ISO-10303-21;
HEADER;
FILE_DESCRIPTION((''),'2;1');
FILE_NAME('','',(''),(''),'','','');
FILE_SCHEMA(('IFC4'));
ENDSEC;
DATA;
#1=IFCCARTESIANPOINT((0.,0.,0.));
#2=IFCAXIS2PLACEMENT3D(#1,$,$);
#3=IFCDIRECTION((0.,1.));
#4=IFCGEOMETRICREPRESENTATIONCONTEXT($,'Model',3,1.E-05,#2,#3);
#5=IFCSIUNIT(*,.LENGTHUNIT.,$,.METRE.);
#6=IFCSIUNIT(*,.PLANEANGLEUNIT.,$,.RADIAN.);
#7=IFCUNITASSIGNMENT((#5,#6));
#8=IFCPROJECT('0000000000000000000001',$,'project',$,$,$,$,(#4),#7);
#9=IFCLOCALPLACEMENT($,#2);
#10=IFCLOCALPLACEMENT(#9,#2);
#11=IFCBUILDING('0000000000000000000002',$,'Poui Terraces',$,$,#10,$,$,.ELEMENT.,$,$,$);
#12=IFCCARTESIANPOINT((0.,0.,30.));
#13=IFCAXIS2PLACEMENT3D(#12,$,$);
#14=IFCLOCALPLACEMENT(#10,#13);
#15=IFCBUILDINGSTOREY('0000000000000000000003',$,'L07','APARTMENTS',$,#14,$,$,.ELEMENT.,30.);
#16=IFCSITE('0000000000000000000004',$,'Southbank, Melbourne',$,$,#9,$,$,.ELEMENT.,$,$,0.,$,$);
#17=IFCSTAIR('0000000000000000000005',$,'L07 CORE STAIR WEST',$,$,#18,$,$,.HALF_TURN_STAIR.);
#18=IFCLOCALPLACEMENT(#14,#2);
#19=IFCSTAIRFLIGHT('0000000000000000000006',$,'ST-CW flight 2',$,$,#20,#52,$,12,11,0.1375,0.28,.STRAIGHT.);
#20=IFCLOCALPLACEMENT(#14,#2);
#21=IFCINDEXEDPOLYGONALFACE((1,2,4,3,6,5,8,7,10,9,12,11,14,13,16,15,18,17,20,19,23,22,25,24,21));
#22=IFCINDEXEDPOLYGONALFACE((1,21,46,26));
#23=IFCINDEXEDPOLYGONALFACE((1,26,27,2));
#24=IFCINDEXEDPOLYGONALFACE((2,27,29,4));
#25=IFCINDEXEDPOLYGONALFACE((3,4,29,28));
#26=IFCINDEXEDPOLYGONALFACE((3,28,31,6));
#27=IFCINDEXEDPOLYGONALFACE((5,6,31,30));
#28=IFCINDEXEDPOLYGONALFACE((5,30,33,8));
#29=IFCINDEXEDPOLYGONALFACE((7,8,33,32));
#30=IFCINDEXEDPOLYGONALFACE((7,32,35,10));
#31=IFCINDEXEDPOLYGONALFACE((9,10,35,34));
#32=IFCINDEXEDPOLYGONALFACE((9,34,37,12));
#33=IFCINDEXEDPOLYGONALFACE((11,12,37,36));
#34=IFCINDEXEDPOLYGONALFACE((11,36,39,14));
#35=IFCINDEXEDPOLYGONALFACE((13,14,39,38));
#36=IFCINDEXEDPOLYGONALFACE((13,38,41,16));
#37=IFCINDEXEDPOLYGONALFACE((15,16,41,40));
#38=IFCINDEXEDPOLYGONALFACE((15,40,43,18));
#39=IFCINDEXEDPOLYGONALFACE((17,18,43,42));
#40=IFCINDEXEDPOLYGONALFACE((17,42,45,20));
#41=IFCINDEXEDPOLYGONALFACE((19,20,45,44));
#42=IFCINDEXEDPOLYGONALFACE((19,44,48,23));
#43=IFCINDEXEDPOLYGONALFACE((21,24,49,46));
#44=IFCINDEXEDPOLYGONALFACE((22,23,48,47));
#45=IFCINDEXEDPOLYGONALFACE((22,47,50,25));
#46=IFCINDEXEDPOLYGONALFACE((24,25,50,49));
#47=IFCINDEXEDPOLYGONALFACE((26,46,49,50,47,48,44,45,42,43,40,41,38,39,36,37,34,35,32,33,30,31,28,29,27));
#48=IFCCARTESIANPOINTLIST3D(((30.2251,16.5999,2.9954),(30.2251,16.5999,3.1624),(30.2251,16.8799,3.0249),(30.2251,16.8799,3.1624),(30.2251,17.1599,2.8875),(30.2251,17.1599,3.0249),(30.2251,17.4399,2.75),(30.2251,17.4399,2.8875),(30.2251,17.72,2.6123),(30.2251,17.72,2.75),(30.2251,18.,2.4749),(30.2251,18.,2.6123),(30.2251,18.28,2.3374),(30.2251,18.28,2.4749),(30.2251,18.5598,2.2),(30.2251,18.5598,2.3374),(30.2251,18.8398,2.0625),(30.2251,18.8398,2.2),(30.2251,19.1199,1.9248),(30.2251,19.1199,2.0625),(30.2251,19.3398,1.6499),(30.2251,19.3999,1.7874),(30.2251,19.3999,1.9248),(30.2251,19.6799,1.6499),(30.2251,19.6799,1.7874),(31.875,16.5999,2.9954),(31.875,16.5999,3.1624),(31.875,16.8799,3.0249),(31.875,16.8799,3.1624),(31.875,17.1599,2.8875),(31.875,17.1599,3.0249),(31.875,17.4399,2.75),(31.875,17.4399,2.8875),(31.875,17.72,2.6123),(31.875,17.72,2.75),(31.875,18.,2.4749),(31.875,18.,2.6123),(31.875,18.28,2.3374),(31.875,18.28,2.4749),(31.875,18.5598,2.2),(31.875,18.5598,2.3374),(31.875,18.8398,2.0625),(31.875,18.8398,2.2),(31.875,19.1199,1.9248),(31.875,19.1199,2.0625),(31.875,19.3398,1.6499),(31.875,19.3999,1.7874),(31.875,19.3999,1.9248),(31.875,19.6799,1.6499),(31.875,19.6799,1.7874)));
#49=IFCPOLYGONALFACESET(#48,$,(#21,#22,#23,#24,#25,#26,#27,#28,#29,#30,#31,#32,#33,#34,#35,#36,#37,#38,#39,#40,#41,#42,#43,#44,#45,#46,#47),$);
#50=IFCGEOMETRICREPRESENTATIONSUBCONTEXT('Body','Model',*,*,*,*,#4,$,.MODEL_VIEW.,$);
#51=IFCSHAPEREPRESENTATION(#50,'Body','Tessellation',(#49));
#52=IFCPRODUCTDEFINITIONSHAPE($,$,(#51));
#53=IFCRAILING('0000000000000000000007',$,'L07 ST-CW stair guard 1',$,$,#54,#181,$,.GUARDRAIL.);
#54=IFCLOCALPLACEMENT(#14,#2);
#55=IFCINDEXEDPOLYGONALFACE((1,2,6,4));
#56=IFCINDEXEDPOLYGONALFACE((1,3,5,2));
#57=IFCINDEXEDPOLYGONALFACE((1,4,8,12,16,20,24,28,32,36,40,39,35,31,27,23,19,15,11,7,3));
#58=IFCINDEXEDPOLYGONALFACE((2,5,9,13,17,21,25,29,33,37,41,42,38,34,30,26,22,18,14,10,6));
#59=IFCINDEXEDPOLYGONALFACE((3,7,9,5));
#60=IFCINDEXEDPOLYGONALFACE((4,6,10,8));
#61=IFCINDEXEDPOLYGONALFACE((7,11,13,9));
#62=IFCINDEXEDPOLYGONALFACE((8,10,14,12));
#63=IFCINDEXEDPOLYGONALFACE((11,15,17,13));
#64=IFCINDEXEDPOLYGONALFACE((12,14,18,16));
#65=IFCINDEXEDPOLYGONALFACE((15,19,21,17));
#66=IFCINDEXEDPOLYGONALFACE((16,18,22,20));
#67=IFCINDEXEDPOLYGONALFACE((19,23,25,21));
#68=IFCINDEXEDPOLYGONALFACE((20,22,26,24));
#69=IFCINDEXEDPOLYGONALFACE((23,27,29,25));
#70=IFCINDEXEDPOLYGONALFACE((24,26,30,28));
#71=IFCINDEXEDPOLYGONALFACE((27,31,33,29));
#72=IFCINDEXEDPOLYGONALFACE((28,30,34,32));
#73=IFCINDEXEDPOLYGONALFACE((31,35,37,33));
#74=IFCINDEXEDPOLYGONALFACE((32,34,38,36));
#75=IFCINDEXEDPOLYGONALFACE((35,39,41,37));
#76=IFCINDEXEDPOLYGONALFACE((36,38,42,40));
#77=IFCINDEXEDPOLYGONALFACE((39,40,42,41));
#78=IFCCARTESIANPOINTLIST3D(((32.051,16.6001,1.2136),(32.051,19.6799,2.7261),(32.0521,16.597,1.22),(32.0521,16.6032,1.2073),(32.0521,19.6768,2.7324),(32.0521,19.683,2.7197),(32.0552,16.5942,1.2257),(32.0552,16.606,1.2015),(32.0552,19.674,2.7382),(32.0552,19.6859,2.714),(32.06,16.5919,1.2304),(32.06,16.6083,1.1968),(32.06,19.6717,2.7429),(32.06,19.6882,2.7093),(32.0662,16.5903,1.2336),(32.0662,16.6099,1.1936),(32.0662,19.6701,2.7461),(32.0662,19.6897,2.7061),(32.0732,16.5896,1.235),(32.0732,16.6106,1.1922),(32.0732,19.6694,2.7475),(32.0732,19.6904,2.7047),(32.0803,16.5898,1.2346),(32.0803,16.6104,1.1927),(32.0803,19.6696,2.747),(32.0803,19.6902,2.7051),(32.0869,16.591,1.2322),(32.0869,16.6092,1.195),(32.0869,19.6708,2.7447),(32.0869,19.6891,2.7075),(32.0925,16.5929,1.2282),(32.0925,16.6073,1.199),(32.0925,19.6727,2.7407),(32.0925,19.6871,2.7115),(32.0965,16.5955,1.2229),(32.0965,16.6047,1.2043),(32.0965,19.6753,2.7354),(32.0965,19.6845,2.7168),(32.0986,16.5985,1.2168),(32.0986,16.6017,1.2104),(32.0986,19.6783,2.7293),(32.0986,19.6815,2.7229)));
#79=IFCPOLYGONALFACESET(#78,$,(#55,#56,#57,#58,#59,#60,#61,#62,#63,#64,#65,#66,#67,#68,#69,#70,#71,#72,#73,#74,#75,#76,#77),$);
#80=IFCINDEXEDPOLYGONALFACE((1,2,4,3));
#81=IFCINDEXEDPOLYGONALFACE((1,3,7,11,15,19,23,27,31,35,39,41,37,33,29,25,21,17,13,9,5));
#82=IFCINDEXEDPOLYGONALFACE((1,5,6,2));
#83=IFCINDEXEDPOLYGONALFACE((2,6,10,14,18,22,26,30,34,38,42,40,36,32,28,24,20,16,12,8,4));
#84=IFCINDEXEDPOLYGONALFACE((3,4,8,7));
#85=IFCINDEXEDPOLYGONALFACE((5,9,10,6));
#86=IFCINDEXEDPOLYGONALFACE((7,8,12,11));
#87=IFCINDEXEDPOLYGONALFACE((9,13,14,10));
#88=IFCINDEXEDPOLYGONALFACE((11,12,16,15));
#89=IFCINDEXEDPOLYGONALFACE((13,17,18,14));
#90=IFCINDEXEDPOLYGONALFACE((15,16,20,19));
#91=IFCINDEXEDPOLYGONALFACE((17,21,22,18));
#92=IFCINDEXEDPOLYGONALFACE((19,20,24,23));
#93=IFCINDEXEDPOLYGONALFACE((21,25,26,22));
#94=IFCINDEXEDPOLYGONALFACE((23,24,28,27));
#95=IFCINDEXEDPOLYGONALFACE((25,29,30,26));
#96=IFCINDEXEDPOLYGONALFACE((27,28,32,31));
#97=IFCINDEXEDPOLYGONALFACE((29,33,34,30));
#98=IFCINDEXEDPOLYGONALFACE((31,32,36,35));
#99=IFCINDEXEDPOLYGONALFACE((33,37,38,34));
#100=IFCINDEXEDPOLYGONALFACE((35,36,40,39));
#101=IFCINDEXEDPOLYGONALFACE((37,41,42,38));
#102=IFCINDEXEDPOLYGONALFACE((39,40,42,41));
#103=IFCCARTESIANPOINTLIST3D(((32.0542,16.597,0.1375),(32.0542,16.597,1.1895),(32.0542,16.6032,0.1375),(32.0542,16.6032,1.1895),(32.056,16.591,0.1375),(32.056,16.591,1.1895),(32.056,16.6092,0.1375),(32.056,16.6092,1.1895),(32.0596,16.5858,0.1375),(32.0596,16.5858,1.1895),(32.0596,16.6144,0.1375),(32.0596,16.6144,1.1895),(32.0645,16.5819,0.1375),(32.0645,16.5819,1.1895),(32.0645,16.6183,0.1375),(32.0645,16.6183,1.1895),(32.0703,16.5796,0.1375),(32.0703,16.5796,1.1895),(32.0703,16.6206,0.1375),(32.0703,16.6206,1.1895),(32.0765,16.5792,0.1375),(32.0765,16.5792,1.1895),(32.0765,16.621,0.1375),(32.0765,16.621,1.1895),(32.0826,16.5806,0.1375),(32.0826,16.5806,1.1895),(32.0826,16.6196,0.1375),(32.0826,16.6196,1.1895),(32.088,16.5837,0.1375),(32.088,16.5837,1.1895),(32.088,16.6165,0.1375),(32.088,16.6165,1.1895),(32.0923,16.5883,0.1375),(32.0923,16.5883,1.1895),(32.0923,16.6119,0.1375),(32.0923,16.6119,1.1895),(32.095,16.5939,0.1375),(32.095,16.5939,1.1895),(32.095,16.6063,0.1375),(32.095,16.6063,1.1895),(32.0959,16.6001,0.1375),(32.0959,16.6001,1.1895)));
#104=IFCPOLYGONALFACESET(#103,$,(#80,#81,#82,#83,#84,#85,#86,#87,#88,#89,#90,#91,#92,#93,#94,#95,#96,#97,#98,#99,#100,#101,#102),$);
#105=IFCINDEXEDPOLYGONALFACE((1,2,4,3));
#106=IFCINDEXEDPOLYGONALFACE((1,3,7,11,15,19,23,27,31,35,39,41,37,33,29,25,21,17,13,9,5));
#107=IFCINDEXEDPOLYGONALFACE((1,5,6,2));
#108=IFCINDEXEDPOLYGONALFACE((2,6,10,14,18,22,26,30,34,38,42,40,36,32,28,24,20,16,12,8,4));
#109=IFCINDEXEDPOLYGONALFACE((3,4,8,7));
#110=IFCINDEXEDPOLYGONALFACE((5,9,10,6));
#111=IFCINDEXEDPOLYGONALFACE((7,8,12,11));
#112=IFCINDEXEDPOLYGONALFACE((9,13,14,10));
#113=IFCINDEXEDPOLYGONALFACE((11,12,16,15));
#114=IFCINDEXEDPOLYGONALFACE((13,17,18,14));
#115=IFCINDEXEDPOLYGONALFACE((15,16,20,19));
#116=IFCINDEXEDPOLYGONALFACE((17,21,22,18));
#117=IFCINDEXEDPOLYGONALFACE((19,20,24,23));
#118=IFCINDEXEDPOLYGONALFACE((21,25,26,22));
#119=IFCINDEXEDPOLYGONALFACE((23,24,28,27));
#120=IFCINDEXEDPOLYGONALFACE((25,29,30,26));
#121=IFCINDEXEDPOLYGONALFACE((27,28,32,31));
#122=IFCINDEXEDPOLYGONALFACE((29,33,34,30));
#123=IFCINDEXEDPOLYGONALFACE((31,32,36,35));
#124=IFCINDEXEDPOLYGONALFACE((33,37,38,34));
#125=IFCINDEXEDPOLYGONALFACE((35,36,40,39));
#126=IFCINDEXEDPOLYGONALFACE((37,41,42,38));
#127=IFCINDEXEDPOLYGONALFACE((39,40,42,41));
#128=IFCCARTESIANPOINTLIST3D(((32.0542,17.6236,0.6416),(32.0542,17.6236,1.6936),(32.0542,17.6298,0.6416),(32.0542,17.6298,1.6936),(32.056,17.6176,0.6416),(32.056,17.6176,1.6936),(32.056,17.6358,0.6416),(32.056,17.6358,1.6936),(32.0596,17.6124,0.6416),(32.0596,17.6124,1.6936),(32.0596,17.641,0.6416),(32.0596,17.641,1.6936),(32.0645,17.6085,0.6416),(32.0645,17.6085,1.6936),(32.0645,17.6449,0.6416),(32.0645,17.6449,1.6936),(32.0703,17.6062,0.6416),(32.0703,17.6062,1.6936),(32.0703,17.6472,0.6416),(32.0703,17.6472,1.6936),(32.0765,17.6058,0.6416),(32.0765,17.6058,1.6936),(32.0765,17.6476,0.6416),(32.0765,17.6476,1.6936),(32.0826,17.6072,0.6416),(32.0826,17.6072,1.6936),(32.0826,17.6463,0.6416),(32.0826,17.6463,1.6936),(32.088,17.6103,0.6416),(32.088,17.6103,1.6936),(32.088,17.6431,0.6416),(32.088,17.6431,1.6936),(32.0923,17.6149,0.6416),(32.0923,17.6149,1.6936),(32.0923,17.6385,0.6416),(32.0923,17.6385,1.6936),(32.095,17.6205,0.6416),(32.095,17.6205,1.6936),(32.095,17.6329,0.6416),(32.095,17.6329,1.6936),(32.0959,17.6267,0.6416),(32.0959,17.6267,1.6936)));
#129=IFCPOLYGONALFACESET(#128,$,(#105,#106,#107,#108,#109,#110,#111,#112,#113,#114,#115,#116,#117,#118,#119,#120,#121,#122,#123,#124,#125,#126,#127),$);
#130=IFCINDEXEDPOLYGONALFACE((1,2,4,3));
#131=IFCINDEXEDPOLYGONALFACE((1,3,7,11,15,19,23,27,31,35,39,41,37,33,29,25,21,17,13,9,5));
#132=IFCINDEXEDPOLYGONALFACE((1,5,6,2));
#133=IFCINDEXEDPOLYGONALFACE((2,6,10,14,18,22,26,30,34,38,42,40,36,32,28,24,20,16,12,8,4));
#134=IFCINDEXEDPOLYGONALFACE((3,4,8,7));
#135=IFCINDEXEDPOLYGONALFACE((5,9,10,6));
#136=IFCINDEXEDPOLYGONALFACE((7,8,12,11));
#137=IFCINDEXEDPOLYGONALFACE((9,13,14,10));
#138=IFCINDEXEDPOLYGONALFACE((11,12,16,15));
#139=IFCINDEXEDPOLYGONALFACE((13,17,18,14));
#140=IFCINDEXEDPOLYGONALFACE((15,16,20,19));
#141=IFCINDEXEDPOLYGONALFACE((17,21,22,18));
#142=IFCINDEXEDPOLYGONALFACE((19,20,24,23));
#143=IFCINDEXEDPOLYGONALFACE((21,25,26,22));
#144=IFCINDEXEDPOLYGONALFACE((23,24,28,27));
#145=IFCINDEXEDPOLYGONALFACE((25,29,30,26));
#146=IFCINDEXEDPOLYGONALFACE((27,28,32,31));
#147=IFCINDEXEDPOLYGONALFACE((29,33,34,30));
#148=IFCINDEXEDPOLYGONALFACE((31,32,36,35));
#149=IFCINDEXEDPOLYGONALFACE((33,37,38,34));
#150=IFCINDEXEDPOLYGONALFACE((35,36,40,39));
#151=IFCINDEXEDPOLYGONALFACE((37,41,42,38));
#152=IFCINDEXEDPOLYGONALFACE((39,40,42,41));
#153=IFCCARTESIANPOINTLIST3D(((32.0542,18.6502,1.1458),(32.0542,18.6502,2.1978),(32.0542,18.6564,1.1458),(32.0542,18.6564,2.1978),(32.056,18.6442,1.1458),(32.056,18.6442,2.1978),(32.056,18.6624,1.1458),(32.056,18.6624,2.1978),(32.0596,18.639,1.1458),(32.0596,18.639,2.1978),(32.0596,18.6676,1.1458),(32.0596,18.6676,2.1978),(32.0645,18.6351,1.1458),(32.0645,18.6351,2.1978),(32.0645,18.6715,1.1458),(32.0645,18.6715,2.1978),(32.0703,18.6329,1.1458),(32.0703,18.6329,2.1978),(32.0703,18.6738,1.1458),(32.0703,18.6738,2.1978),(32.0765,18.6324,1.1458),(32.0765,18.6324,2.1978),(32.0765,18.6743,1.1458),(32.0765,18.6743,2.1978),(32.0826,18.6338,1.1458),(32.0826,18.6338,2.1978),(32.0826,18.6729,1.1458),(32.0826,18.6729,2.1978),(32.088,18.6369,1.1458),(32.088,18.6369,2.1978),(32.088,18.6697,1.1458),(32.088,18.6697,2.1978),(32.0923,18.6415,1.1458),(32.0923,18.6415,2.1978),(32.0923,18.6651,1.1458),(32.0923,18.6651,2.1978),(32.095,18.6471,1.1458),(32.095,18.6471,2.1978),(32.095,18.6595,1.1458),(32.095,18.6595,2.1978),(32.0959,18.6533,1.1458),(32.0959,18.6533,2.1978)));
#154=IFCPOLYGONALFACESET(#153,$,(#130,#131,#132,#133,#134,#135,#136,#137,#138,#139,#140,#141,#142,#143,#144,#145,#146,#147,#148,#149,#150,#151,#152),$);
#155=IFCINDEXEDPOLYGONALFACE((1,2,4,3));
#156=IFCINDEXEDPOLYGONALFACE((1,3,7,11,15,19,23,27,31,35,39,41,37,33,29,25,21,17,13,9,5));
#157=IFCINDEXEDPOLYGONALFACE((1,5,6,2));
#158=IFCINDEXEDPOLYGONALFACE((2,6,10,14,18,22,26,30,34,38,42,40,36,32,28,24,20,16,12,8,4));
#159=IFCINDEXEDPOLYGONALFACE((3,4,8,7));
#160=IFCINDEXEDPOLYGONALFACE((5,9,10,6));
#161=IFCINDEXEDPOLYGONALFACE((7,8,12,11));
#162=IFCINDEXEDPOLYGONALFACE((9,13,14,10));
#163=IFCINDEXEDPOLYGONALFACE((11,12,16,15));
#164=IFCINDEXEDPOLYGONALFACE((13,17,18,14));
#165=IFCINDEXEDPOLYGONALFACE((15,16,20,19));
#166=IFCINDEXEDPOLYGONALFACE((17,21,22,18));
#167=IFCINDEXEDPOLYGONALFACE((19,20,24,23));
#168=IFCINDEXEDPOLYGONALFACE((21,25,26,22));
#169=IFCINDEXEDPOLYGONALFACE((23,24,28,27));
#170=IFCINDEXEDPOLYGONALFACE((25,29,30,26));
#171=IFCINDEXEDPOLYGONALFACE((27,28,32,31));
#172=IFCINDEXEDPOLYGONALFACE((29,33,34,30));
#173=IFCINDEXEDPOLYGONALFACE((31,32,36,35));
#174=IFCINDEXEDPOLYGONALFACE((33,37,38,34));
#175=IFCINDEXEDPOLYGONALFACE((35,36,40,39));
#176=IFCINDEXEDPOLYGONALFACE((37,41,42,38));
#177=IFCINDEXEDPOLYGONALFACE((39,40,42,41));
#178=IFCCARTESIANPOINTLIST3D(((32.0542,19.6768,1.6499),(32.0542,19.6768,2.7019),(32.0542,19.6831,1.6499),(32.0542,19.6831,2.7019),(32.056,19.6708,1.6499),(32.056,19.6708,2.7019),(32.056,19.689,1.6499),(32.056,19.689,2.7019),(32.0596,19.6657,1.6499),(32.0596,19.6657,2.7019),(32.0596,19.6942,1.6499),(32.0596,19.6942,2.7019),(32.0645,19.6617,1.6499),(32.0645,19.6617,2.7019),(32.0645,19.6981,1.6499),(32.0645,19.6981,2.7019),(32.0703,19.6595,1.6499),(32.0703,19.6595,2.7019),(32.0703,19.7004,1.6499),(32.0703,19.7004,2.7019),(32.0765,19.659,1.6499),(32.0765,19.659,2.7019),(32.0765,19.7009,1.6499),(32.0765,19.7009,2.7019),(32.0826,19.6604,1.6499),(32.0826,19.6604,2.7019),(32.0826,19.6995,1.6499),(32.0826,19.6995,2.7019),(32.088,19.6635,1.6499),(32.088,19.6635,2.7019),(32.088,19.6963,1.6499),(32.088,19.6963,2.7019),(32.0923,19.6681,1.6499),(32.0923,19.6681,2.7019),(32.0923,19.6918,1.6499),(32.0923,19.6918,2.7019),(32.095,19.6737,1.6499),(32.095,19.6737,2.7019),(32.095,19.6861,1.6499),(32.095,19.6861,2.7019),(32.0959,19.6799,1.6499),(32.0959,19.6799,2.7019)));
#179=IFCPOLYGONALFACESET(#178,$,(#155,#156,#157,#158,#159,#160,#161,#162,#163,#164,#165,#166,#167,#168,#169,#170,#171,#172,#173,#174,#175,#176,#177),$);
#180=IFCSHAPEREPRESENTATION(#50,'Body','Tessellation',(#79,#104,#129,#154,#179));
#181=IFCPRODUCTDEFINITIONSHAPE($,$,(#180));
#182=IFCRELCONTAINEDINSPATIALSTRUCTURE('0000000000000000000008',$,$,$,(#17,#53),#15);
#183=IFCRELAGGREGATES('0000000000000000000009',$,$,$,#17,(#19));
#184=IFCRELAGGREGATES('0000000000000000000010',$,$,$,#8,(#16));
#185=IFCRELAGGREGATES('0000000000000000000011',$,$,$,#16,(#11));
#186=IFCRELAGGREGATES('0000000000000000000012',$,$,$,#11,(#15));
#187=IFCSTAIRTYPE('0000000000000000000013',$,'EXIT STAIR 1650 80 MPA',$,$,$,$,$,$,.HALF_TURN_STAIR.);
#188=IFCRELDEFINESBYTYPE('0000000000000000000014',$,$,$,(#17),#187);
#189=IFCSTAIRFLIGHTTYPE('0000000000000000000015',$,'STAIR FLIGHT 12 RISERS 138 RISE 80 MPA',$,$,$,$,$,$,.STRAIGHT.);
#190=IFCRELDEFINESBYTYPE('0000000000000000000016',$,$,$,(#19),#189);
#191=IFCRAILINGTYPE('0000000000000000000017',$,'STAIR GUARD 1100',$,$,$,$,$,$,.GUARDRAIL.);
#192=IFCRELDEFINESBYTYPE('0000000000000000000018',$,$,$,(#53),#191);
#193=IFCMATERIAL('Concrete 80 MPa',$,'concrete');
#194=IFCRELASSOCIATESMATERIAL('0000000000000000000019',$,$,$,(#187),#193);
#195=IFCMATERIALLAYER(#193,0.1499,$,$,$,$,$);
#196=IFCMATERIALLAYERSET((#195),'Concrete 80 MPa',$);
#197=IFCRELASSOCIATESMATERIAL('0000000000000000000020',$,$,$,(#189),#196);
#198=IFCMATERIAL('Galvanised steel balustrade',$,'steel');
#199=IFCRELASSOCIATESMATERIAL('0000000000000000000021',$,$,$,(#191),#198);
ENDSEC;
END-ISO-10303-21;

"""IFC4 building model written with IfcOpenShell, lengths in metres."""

from ifc_helpers import new_model, si_unit, direction, frame, origin, origin_2d, place, context, subcontext, project, spatial, polyline, circle, outline, extrude, material, layer, layer_set, type_object, element, aggregate, save


model = new_model("IFC4")

# Units and contexts
model_context = context("Model", 3, precision=1e-05, world=origin(), true_north=direction((0.0, 1.0)))
body_context = subcontext(model_context, "Body", "Model", "MODEL_VIEW")
ifc_project = project(units=[si_unit("LENGTHUNIT", "METRE"), si_unit("PLANEANGLEUNIT", "RADIAN")], contexts=[model_context])

# Site, building, storey
site_placement = place(None, origin())
site = spatial("IfcSite", under=ifc_project, at=site_placement, Name="Southbank, Melbourne", CompositionType="ELEMENT", RefElevation=0.0)
building_placement = place(site_placement, origin())
building = spatial("IfcBuilding", under=site, at=building_placement, Name="Poui Terraces", CompositionType="ELEMENT")
storey_placement = place(building_placement, frame((0.0, 0.0, 30.0)))
storey = spatial("IfcBuildingStorey", under=building, at=storey_placement, Name="L07", Description="APARTMENTS", CompositionType="ELEMENT", Elevation=30.0)

# Shared definitions
ifc_material_1 = material(Name="Concrete 80 MPa", Category="concrete")

# Stair, stair flight
stair_type = type_object("IfcStairType", Name="EXIT STAIR 1650 80 MPA", PredefinedType="HALF_TURN_STAIR", material=ifc_material_1)
stair_placement = place(storey_placement, origin())
stair = element("IfcStair", 1, at=stair_placement, inside=storey, type_object=stair_type, Name="L07 CORE STAIR WEST", PredefinedType="HALF_TURN_STAIR")
ifc_layer_1 = layer(ifc_material_1, 0.1499)
ifc_layer_set_1 = layer_set([ifc_layer_1], Name="Concrete 80 MPa")
stair_flight_type = type_object("IfcStairFlightType", Name="STAIR FLIGHT 12 RISERS 138 RISE 80 MPA", PredefinedType="STRAIGHT", material=ifc_layer_set_1)
stair_flight_1_placement = place(storey_placement, frame((31.05, 19.6799, 1.6499), z_axis=(0.0, 0.0, 1.0), x_axis=(0.0, -1.0, 0.0)))
stair_flight_1 = element("IfcStairFlight", 2, at=stair_flight_1_placement, type_object=stair_flight_type, Name="ST-CW flight 2", NumberOfRisers=12, NumberOfTreads=11, PredefinedType="STRAIGHT", RiserHeight=0.1375, TreadLength=0.28, context=body_context, shape_type="SweptSolid", body=[
    extrude(outline(polyline([(0.0, 0.0), (0.0, 0.1375), (0.28, 0.1375), (0.28, 0.2749), (0.5601, 0.2749), (0.5601, 0.4126), (0.8401, 0.4126), (0.8401, 0.55), (1.1201, 0.55), (1.1201, 0.6875), (1.3999, 0.6875), (1.3999, 0.825), (1.6799, 0.825), (1.6799, 0.9624), (1.96, 0.9624), (1.96, 1.1001), (2.24, 1.1001), (2.24, 1.2375), (2.52, 1.2375), (2.52, 1.375), (2.8, 1.375), (2.8, 1.5125), (3.0801, 1.5125), (3.0801, 1.6499), (3.0801, 1.3455), (0.3401, 0.0), (0.0, 0.0)])), frame((0.0, 0.825, 0.0), z_axis=(0.0, -1.0, 0.0), x_axis=(1.0, 0.0, 0.0)), (0.0, 0.0, 1.0), 1.6499),
])
aggregate(stair, [stair_flight_1])

# Railing
ifc_material_2 = material(Name="Galvanised steel balustrade", Category="steel")
railing_type_1 = type_object("IfcRailingType", Name="STAIR GUARD 1100", PredefinedType="GUARDRAIL", material=ifc_material_2)
railing_1_placement = place(storey_placement, frame((32.075, 16.6001, 0.1375)))
element("IfcRailing", 3, at=railing_1_placement, inside=storey, type_object=railing_type_1, Name="L07 ST-CW stair guard 1", PredefinedType="GUARDRAIL", context=body_context, shape_type="SweptSolid", body=[
    extrude(circle(Radius=0.0239, at=origin_2d()), frame((0.0, 0.0, 1.0762), z_axis=(0.0, 0.897606, 0.440798), x_axis=(-1.0, 0.0, 0.0)), (0.0, 0.0, 1.0), 3.4312),
    extrude(circle(Radius=0.021, at=origin_2d()), origin(), (0.0, 0.0, 1.0), 1.052),
    extrude(circle(Radius=0.021, at=origin_2d()), frame((0.0, 1.0266, 0.5042)), (0.0, 0.0, 1.0), 1.052),
    extrude(circle(Radius=0.021, at=origin_2d()), frame((0.0, 2.0532, 1.0083)), (0.0, 0.0, 1.0), 1.052),
    extrude(circle(Radius=0.021, at=origin_2d()), frame((0.0, 3.0798, 1.5125)), (0.0, 0.0, 1.0), 1.052),
])

save(model, "model.ifc")
